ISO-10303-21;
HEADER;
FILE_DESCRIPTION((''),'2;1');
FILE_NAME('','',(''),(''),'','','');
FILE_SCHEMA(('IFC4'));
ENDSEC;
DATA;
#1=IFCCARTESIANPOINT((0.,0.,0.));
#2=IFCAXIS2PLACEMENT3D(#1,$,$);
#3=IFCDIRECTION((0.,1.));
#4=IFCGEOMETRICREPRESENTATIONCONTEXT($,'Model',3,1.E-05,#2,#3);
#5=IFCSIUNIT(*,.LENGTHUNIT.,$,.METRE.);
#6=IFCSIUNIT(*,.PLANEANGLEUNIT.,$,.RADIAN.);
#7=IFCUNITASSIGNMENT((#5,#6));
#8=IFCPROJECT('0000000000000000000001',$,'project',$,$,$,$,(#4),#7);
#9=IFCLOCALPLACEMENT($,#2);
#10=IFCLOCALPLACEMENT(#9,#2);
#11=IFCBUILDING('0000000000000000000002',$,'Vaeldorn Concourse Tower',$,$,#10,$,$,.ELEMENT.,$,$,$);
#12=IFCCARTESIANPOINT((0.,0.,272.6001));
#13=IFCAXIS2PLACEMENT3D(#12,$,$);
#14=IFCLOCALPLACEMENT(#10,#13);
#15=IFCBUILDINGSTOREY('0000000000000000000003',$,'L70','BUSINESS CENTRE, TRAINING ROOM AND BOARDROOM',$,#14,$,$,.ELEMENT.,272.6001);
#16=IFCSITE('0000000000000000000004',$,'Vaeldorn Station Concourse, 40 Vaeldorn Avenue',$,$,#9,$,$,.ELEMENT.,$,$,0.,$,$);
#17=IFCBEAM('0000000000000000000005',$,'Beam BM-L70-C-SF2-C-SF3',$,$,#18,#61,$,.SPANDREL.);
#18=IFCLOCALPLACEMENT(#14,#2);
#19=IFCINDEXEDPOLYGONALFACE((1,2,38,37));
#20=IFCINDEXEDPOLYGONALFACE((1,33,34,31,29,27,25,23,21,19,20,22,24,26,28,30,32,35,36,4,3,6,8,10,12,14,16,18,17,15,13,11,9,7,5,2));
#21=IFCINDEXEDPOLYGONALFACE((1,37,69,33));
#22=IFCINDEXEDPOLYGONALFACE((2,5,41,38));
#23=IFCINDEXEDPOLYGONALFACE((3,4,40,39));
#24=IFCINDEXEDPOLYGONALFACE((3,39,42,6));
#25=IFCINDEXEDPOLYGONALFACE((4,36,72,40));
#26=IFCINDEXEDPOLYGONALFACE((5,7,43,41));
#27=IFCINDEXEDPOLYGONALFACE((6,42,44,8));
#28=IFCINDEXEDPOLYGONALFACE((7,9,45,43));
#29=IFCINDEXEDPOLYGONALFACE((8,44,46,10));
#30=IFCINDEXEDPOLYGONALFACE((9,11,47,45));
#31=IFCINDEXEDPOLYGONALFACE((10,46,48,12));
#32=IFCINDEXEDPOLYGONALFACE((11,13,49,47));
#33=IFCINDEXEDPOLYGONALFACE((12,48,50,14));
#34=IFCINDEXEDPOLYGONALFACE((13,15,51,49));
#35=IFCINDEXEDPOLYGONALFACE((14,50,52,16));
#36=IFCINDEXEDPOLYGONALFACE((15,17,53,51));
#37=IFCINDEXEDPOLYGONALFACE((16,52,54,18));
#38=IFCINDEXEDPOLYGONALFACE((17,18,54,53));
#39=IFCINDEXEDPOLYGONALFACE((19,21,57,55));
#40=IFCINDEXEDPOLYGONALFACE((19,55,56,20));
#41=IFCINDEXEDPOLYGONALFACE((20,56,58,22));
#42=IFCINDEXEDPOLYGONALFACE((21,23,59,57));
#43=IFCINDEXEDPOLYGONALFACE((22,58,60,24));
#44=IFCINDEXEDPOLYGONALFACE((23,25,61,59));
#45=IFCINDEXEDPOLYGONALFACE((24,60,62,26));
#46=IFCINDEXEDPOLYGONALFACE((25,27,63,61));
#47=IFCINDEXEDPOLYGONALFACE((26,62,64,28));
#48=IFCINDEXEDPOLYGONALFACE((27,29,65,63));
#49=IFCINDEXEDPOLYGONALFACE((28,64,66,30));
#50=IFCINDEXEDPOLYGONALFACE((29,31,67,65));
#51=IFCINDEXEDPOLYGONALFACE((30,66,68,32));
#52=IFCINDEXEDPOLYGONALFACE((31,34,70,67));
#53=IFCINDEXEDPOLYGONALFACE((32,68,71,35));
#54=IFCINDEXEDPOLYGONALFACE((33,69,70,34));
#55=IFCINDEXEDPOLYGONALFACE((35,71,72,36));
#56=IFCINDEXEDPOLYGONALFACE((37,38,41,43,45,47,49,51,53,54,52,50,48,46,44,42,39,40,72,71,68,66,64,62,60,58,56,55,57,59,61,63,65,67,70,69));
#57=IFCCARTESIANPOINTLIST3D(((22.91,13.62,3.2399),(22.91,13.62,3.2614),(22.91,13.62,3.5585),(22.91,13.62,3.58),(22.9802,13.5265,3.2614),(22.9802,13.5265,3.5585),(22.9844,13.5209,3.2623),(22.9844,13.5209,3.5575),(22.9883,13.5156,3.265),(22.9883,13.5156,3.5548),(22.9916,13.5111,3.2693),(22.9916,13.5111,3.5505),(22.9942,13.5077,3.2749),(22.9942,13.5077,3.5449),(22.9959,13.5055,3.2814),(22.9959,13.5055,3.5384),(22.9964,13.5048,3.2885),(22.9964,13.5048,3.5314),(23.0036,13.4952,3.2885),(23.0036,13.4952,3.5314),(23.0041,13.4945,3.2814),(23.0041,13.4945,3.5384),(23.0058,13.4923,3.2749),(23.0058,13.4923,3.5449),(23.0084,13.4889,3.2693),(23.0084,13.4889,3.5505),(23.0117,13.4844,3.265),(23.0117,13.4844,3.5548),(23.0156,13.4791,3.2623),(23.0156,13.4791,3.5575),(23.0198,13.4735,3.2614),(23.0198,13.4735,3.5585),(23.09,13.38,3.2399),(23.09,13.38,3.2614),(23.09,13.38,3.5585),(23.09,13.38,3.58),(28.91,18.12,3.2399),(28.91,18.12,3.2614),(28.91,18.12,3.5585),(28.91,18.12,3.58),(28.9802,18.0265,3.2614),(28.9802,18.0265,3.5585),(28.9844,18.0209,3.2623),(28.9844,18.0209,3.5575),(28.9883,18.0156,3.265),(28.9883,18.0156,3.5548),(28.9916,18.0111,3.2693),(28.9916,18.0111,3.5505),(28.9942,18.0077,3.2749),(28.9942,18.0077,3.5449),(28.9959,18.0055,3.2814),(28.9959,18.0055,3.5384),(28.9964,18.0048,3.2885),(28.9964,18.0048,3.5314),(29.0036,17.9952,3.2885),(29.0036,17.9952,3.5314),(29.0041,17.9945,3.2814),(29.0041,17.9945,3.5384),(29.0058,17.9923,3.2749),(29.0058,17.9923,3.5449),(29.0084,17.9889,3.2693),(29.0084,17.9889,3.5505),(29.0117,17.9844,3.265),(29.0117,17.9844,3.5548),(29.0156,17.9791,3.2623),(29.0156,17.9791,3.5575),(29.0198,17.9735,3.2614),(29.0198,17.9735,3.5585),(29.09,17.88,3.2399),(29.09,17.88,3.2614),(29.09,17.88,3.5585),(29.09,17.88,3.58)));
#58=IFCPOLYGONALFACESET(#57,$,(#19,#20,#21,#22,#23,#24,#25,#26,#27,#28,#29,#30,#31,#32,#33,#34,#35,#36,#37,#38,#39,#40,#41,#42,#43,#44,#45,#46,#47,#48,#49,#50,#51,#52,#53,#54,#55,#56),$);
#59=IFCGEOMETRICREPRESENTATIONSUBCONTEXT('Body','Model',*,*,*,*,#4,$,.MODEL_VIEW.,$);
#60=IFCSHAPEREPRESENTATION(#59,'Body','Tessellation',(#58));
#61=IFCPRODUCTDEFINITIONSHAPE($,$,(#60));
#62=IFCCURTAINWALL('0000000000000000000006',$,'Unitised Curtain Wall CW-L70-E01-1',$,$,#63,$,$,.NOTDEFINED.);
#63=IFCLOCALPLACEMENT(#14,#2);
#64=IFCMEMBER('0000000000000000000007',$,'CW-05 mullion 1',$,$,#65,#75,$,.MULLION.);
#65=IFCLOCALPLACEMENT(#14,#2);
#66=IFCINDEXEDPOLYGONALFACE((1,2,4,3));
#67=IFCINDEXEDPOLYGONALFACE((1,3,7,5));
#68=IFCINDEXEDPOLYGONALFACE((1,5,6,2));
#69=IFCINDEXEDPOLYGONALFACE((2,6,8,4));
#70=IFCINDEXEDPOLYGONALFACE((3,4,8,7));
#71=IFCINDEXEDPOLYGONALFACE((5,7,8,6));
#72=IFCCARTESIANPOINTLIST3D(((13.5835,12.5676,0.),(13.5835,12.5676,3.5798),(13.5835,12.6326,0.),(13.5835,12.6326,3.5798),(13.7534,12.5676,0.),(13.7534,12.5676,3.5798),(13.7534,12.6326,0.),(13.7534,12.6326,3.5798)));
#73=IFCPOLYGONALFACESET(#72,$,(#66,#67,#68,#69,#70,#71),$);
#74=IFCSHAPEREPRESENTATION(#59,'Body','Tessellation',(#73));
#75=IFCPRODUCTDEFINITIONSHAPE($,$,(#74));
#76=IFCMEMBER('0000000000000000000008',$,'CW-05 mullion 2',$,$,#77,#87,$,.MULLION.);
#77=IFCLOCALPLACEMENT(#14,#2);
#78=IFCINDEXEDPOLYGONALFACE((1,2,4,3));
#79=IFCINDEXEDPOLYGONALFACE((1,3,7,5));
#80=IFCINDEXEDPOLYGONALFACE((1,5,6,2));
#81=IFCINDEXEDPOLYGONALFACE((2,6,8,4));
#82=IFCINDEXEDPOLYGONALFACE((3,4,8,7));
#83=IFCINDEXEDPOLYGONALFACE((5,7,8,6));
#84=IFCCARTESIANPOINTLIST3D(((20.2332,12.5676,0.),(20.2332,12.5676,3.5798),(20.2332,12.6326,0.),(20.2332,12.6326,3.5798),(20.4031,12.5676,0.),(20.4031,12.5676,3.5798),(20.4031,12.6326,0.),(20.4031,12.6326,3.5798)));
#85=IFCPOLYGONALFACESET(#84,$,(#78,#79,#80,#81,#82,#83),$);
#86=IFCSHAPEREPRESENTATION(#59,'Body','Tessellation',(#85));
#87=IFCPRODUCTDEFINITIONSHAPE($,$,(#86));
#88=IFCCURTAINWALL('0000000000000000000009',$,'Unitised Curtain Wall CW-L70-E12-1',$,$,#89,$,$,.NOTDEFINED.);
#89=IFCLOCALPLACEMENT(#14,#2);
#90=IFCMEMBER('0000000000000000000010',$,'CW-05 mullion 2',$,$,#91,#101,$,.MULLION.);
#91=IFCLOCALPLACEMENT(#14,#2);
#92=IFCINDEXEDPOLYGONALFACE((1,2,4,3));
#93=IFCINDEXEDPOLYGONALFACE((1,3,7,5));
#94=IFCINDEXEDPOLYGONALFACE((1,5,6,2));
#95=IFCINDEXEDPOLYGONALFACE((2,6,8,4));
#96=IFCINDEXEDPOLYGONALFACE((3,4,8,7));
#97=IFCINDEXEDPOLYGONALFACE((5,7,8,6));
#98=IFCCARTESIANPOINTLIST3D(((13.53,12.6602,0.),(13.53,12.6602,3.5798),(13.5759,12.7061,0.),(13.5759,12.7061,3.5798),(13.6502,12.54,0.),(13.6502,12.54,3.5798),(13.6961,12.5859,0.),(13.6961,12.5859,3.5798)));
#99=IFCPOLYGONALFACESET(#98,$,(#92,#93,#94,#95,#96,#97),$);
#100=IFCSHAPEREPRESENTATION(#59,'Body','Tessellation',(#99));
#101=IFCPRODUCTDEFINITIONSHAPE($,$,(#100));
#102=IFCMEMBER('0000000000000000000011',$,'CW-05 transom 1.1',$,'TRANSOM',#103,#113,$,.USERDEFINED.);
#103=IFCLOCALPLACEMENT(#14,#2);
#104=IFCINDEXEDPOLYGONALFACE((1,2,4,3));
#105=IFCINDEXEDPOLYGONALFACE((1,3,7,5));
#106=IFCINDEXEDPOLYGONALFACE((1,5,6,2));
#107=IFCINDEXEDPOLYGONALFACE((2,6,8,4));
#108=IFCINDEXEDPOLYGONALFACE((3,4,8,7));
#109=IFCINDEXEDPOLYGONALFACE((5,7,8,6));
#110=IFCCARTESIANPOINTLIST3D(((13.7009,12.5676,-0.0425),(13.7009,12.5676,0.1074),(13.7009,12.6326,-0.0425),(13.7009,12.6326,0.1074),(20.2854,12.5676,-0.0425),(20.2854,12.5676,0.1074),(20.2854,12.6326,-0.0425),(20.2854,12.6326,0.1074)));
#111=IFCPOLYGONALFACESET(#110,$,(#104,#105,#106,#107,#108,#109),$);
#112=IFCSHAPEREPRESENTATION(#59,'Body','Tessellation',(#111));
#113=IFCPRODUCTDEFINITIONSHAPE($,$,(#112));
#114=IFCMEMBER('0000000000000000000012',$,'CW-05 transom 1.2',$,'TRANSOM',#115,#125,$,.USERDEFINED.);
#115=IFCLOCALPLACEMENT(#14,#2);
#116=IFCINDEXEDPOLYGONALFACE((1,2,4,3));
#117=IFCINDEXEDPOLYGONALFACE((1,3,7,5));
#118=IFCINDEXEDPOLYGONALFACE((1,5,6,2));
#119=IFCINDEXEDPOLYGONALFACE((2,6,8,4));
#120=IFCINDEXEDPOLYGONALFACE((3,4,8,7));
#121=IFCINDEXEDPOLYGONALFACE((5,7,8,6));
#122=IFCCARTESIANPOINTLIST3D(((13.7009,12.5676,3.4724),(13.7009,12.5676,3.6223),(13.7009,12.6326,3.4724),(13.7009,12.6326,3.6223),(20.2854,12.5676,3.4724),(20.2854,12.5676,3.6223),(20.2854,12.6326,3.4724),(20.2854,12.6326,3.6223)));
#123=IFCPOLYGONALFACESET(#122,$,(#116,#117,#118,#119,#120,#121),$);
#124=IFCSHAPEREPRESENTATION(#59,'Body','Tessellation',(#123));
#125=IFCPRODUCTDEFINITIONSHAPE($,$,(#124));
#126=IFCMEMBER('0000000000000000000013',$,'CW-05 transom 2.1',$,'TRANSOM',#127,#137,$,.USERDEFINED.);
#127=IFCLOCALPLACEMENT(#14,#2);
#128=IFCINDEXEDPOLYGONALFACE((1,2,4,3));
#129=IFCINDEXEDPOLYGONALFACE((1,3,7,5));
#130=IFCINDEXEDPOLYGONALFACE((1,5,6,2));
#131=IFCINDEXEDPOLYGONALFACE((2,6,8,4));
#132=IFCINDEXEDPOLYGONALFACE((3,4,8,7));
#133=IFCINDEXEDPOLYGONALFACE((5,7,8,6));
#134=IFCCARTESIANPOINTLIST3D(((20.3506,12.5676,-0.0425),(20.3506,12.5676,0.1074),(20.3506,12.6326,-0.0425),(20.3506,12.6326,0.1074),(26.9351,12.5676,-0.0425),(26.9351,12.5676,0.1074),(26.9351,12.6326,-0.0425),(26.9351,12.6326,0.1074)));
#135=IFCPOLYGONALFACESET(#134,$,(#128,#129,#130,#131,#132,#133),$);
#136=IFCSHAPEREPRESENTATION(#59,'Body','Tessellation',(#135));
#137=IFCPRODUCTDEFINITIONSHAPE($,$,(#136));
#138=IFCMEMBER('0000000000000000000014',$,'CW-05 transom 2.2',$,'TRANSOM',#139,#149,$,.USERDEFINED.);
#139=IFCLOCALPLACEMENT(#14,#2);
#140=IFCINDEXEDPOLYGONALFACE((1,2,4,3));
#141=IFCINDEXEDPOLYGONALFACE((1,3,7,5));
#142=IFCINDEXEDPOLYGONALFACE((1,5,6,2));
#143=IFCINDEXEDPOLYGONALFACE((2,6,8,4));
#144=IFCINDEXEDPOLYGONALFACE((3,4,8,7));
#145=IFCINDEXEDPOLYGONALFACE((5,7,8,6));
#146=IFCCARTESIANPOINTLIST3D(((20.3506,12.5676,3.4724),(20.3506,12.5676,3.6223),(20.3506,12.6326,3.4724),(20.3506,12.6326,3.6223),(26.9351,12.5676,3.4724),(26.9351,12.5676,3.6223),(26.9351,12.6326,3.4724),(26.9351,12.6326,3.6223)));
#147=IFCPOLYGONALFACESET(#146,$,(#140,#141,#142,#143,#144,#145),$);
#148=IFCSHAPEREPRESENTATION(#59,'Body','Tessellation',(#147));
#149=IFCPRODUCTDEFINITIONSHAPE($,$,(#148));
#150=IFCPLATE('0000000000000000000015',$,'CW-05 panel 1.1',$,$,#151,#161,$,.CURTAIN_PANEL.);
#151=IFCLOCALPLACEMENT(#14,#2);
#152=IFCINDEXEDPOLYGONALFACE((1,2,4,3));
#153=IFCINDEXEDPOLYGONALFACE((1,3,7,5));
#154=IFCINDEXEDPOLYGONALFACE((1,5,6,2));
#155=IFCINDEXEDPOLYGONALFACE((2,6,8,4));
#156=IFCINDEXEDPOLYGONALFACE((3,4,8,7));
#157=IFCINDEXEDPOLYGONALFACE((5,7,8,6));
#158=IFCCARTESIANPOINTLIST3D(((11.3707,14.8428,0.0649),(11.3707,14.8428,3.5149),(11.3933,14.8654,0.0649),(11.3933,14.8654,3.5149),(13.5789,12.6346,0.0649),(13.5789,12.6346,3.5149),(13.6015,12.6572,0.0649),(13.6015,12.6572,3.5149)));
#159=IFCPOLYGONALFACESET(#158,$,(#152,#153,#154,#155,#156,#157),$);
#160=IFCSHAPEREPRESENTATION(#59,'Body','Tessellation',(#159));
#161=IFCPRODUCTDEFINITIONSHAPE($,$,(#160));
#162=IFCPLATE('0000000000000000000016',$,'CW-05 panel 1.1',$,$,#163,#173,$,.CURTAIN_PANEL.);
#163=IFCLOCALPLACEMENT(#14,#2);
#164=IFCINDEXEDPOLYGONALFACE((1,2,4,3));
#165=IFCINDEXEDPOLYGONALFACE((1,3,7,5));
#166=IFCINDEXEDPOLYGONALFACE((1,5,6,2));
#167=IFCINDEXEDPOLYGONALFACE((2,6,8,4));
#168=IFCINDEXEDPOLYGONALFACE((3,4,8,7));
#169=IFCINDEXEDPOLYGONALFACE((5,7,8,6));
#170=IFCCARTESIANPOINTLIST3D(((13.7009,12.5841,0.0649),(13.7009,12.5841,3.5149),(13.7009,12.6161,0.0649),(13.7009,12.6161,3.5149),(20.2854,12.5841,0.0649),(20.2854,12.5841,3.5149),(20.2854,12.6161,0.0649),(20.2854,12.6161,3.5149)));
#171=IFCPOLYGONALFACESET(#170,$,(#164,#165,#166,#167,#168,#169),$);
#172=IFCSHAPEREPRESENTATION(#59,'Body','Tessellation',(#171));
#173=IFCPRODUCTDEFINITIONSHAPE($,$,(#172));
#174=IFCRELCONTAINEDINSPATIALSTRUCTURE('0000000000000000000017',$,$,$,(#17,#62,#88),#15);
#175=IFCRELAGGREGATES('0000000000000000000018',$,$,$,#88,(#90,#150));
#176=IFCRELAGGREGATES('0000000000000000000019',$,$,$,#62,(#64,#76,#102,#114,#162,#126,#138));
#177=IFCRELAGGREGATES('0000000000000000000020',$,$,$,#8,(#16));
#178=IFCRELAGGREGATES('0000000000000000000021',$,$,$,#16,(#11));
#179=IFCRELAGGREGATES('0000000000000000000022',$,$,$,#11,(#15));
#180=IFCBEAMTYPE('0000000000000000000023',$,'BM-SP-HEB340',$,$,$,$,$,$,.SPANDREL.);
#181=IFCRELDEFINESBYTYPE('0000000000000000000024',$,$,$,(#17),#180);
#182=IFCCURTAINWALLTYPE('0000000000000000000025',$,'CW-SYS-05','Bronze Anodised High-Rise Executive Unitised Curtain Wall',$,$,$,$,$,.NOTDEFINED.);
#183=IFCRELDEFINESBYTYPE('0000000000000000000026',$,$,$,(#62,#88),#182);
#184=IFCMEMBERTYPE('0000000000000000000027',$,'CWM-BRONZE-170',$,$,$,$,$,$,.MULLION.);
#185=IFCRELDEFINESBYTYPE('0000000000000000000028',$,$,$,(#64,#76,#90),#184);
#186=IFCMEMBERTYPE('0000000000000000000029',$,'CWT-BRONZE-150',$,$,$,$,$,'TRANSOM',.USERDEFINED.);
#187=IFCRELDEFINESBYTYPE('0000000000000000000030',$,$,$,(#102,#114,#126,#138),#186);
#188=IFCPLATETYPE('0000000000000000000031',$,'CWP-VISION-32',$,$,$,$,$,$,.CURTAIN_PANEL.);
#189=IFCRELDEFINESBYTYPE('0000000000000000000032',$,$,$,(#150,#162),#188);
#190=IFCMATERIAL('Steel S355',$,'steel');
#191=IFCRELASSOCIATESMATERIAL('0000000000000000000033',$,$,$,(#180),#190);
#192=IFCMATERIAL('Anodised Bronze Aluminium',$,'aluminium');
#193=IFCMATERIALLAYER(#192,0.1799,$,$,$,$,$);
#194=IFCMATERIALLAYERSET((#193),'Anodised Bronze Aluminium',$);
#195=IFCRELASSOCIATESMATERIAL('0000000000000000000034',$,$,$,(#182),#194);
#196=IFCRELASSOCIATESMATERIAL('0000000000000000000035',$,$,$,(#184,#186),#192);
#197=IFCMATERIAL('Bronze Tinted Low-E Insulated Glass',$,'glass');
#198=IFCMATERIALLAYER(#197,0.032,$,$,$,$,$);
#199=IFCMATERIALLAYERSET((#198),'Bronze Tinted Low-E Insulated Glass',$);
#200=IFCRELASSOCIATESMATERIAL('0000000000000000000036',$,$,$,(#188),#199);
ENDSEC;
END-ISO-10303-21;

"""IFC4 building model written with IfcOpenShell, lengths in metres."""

from ifc_helpers import new_model, si_unit, direction, frame, origin, origin_2d, place, context, subcontext, project, spatial, rectangle, i_section, extrude, source, transform, mapped, material, layer, layer_set, material_profile, profile_set, type_object, element, aggregate, save


model = new_model("IFC4")

# Units and contexts
model_context = context("Model", 3, precision=1e-05, world=origin(), true_north=direction((0.0, 1.0)))
body_context = subcontext(model_context, "Body", "Model", "MODEL_VIEW")
ifc_project = project(units=[si_unit("LENGTHUNIT", "METRE"), si_unit("PLANEANGLEUNIT", "RADIAN")], contexts=[model_context])

# Site, building, storey
site_placement = place(None, origin())
site = spatial("IfcSite", under=ifc_project, at=site_placement, Name="Vaeldorn Station Concourse, 40 Vaeldorn Avenue", CompositionType="ELEMENT", RefElevation=0.0)
building_placement = place(site_placement, origin())
building = spatial("IfcBuilding", under=site, at=building_placement, Name="Vaeldorn Concourse Tower", CompositionType="ELEMENT")
storey_placement = place(building_placement, frame((0.0, 0.0, 272.6001)))
storey = spatial("IfcBuildingStorey", under=building, at=storey_placement, Name="L70", Description="BUSINESS CENTRE, TRAINING ROOM AND BOARDROOM", CompositionType="ELEMENT", Elevation=272.6001)

# Shared definitions
ifc_material_1 = material(Name="Steel S355", Category="steel")

# Beam
ifc_material_profile_1 = material_profile(ifc_material_1, i_section(OverallWidth=0.3, OverallDepth=0.3401, WebThickness=0.012, FlangeThickness=0.0215, FilletRadius=0.0271, at=origin_2d()), Name="HEB 340")
ifc_profile_set_1 = profile_set([ifc_material_profile_1], Name="Steel S355")
beam_type_1 = type_object("IfcBeamType", Name="BM-SP-HEB340", PredefinedType="SPANDREL", material=ifc_profile_set_1)
shared_shape_1 = source(origin(), body_context, "Body", "SweptSolid", [
    extrude(i_section(OverallWidth=0.3, OverallDepth=0.3401, WebThickness=0.012, FlangeThickness=0.0215, FilletRadius=0.0271, at=origin_2d()), origin(), (0.0, 0.0, 1.0), 7.5),
])
beam_1_placement = place(storey_placement, frame((23.0, 13.5, 3.4099), z_axis=(0.8, 0.6, 0.0), x_axis=(-0.6, 0.8, 0.0)))
element("IfcBeam", 1, at=beam_1_placement, inside=storey, type_object=beam_type_1, Name="Beam BM-L70-C-SF2-C-SF3", PredefinedType="SPANDREL", context=body_context, shape_type="MappedRepresentation", body=[
    mapped(shared_shape_1, transform((0.0, 0.0, 0.0), scale=1.0)),
])

# Curtain wall, members
ifc_material_2 = material(Name="Anodised Bronze Aluminium", Category="aluminium")
ifc_layer_1 = layer(ifc_material_2, 0.1799)
ifc_layer_set_1 = layer_set([ifc_layer_1], Name="Anodised Bronze Aluminium")
curtain_wall_type = type_object("IfcCurtainWallType", Name="CW-SYS-05", Description="Bronze Anodised High-Rise Executive Unitised Curtain Wall", PredefinedType="NOTDEFINED", material=ifc_layer_set_1)
curtain_wall_1_placement = place(storey_placement, origin())
curtain_wall_1 = element("IfcCurtainWall", 2, at=curtain_wall_1_placement, inside=storey, type_object=curtain_wall_type, Name="Unitised Curtain Wall CW-L70-E01-1", PredefinedType="NOTDEFINED")
ifc_material_profile_2 = material_profile(ifc_material_2, rectangle(XDim=0.0649, YDim=0.1699, at=origin_2d()), Name="CWM 65x170")
ifc_profile_set_2 = profile_set([ifc_material_profile_2], Name="Anodised Bronze Aluminium")
member_type_1 = type_object("IfcMemberType", Name="CWM-BRONZE-170", PredefinedType="MULLION", material=ifc_profile_set_2)
shared_shape_2 = source(origin(), body_context, "Body", "SweptSolid", [
    extrude(rectangle(XDim=0.0649, YDim=0.1699, at=origin_2d()), origin(), (0.0, 0.0, 1.0), 3.5798),
])
member_1_placement = place(storey_placement, frame((13.6685, 12.6001, 0.0), z_axis=(0.0, 0.0, 1.0), x_axis=(0.0, 1.0, 0.0)))
member_1 = element("IfcMember", 3, at=member_1_placement, type_object=member_type_1, Name="CW-05 mullion 1", PredefinedType="MULLION", context=body_context, shape_type="MappedRepresentation", body=[
    mapped(shared_shape_2, transform((0.0, 0.0, 0.0), scale=1.0)),
])
member_2_placement = place(storey_placement, frame((20.3181, 12.6001, 0.0), z_axis=(0.0, 0.0, 1.0), x_axis=(0.0, 1.0, 0.0)))
member_2 = element("IfcMember", 4, at=member_2_placement, type_object=member_type_1, Name="CW-05 mullion 2", PredefinedType="MULLION", context=body_context, shape_type="MappedRepresentation", body=[
    mapped(shared_shape_2, transform((0.0, 0.0, 0.0), scale=1.0)),
])

# Curtain wall, member
curtain_wall_2_placement = place(storey_placement, origin())
curtain_wall_2 = element("IfcCurtainWall", 5, at=curtain_wall_2_placement, inside=storey, type_object=curtain_wall_type, Name="Unitised Curtain Wall CW-L70-E12-1", PredefinedType="NOTDEFINED")
member_3_placement = place(storey_placement, frame((13.613, 12.623, 0.0), z_axis=(0.0, 0.0, 1.0), x_axis=(0.707107, 0.707107, 0.0)))
member_3 = element("IfcMember", 6, at=member_3_placement, type_object=member_type_1, Name="CW-05 mullion 2", PredefinedType="MULLION", context=body_context, shape_type="MappedRepresentation", body=[
    mapped(shared_shape_2, transform((0.0, 0.0, 0.0), scale=1.0)),
])

# Members
ifc_material_profile_3 = material_profile(ifc_material_2, rectangle(XDim=0.0649, YDim=0.1499, at=origin_2d()), Name="CWT 65x150")
ifc_profile_set_3 = profile_set([ifc_material_profile_3], Name="Anodised Bronze Aluminium")
member_type_2 = type_object("IfcMemberType", Name="CWT-BRONZE-150", ElementType="TRANSOM", PredefinedType="USERDEFINED", material=ifc_profile_set_3)
shared_shape_3 = source(origin(), body_context, "Body", "SweptSolid", [
    extrude(rectangle(XDim=0.0649, YDim=0.1499, at=origin_2d()), origin(), (0.0, 0.0, 1.0), 6.5845),
])
member_4_placement = place(storey_placement, frame((13.7009, 12.6001, 0.0325), z_axis=(1.0, 0.0, 0.0), x_axis=(0.0, 1.0, 0.0)))
member_4 = element("IfcMember", 7, at=member_4_placement, type_object=member_type_2, Name="CW-05 transom 1.1", ObjectType="TRANSOM", PredefinedType="USERDEFINED", context=body_context, shape_type="MappedRepresentation", body=[
    mapped(shared_shape_3, transform((0.0, 0.0, 0.0), scale=1.0)),
])
member_5_placement = place(storey_placement, frame((13.7009, 12.6001, 3.5474), z_axis=(1.0, 0.0, 0.0), x_axis=(0.0, 1.0, 0.0)))
member_5 = element("IfcMember", 8, at=member_5_placement, type_object=member_type_2, Name="CW-05 transom 1.2", ObjectType="TRANSOM", PredefinedType="USERDEFINED", context=body_context, shape_type="MappedRepresentation", body=[
    mapped(shared_shape_3, transform((0.0, 0.0, 0.0), scale=1.0)),
])
member_6_placement = place(storey_placement, frame((20.3506, 12.6001, 0.0325), z_axis=(1.0, 0.0, 0.0), x_axis=(0.0, 1.0, 0.0)))
member_6 = element("IfcMember", 9, at=member_6_placement, type_object=member_type_2, Name="CW-05 transom 2.1", ObjectType="TRANSOM", PredefinedType="USERDEFINED", context=body_context, shape_type="MappedRepresentation", body=[
    mapped(shared_shape_3, transform((0.0, 0.0, 0.0), scale=1.0)),
])
member_7_placement = place(storey_placement, frame((20.3506, 12.6001, 3.5474), z_axis=(1.0, 0.0, 0.0), x_axis=(0.0, 1.0, 0.0)))
member_7 = element("IfcMember", 10, at=member_7_placement, type_object=member_type_2, Name="CW-05 transom 2.2", ObjectType="TRANSOM", PredefinedType="USERDEFINED", context=body_context, shape_type="MappedRepresentation", body=[
    mapped(shared_shape_3, transform((0.0, 0.0, 0.0), scale=1.0)),
])

# Plates
ifc_material_3 = material(Name="Bronze Tinted Low-E Insulated Glass", Category="glass")
ifc_layer_2 = layer(ifc_material_3, 0.032)
ifc_layer_set_2 = layer_set([ifc_layer_2], Name="Bronze Tinted Low-E Insulated Glass")
plate_type = type_object("IfcPlateType", Name="CWP-VISION-32", PredefinedType="CURTAIN_PANEL", material=ifc_layer_set_2)
shared_shape_4 = source(origin(), body_context, "Body", "SweptSolid", [
    extrude(rectangle(XDim=3.1228, YDim=0.032, at=origin_2d()), origin(), (0.0, 0.0, 1.0), 3.45),
])
plate_1_placement = place(storey_placement, frame((12.4861, 13.75, 0.0649), z_axis=(0.0, 0.0, 1.0), x_axis=(0.707107, -0.707107, 0.0)))
plate_1 = element("IfcPlate", 11, at=plate_1_placement, type_object=plate_type, Name="CW-05 panel 1.1", PredefinedType="CURTAIN_PANEL", context=body_context, shape_type="MappedRepresentation", body=[
    mapped(shared_shape_4, transform((0.0, 0.0, 0.0), scale=1.0)),
])
aggregate(curtain_wall_2, [member_3, plate_1])
shared_shape_5 = source(origin(), body_context, "Body", "SweptSolid", [
    extrude(rectangle(XDim=6.5845, YDim=0.032, at=origin_2d()), origin(), (0.0, 0.0, 1.0), 3.45),
])
plate_2_placement = place(storey_placement, frame((16.9932, 12.6001, 0.0649), z_axis=(0.0, 0.0, 1.0), x_axis=(1.0, 0.0, 0.0)))
plate_2 = element("IfcPlate", 12, at=plate_2_placement, type_object=plate_type, Name="CW-05 panel 1.1", PredefinedType="CURTAIN_PANEL", context=body_context, shape_type="MappedRepresentation", body=[
    mapped(shared_shape_5, transform((0.0, 0.0, 0.0), scale=1.0)),
])
aggregate(curtain_wall_1, [member_1, member_2, member_4, member_5, plate_2, member_6, member_7])

save(model, "model.ifc")
